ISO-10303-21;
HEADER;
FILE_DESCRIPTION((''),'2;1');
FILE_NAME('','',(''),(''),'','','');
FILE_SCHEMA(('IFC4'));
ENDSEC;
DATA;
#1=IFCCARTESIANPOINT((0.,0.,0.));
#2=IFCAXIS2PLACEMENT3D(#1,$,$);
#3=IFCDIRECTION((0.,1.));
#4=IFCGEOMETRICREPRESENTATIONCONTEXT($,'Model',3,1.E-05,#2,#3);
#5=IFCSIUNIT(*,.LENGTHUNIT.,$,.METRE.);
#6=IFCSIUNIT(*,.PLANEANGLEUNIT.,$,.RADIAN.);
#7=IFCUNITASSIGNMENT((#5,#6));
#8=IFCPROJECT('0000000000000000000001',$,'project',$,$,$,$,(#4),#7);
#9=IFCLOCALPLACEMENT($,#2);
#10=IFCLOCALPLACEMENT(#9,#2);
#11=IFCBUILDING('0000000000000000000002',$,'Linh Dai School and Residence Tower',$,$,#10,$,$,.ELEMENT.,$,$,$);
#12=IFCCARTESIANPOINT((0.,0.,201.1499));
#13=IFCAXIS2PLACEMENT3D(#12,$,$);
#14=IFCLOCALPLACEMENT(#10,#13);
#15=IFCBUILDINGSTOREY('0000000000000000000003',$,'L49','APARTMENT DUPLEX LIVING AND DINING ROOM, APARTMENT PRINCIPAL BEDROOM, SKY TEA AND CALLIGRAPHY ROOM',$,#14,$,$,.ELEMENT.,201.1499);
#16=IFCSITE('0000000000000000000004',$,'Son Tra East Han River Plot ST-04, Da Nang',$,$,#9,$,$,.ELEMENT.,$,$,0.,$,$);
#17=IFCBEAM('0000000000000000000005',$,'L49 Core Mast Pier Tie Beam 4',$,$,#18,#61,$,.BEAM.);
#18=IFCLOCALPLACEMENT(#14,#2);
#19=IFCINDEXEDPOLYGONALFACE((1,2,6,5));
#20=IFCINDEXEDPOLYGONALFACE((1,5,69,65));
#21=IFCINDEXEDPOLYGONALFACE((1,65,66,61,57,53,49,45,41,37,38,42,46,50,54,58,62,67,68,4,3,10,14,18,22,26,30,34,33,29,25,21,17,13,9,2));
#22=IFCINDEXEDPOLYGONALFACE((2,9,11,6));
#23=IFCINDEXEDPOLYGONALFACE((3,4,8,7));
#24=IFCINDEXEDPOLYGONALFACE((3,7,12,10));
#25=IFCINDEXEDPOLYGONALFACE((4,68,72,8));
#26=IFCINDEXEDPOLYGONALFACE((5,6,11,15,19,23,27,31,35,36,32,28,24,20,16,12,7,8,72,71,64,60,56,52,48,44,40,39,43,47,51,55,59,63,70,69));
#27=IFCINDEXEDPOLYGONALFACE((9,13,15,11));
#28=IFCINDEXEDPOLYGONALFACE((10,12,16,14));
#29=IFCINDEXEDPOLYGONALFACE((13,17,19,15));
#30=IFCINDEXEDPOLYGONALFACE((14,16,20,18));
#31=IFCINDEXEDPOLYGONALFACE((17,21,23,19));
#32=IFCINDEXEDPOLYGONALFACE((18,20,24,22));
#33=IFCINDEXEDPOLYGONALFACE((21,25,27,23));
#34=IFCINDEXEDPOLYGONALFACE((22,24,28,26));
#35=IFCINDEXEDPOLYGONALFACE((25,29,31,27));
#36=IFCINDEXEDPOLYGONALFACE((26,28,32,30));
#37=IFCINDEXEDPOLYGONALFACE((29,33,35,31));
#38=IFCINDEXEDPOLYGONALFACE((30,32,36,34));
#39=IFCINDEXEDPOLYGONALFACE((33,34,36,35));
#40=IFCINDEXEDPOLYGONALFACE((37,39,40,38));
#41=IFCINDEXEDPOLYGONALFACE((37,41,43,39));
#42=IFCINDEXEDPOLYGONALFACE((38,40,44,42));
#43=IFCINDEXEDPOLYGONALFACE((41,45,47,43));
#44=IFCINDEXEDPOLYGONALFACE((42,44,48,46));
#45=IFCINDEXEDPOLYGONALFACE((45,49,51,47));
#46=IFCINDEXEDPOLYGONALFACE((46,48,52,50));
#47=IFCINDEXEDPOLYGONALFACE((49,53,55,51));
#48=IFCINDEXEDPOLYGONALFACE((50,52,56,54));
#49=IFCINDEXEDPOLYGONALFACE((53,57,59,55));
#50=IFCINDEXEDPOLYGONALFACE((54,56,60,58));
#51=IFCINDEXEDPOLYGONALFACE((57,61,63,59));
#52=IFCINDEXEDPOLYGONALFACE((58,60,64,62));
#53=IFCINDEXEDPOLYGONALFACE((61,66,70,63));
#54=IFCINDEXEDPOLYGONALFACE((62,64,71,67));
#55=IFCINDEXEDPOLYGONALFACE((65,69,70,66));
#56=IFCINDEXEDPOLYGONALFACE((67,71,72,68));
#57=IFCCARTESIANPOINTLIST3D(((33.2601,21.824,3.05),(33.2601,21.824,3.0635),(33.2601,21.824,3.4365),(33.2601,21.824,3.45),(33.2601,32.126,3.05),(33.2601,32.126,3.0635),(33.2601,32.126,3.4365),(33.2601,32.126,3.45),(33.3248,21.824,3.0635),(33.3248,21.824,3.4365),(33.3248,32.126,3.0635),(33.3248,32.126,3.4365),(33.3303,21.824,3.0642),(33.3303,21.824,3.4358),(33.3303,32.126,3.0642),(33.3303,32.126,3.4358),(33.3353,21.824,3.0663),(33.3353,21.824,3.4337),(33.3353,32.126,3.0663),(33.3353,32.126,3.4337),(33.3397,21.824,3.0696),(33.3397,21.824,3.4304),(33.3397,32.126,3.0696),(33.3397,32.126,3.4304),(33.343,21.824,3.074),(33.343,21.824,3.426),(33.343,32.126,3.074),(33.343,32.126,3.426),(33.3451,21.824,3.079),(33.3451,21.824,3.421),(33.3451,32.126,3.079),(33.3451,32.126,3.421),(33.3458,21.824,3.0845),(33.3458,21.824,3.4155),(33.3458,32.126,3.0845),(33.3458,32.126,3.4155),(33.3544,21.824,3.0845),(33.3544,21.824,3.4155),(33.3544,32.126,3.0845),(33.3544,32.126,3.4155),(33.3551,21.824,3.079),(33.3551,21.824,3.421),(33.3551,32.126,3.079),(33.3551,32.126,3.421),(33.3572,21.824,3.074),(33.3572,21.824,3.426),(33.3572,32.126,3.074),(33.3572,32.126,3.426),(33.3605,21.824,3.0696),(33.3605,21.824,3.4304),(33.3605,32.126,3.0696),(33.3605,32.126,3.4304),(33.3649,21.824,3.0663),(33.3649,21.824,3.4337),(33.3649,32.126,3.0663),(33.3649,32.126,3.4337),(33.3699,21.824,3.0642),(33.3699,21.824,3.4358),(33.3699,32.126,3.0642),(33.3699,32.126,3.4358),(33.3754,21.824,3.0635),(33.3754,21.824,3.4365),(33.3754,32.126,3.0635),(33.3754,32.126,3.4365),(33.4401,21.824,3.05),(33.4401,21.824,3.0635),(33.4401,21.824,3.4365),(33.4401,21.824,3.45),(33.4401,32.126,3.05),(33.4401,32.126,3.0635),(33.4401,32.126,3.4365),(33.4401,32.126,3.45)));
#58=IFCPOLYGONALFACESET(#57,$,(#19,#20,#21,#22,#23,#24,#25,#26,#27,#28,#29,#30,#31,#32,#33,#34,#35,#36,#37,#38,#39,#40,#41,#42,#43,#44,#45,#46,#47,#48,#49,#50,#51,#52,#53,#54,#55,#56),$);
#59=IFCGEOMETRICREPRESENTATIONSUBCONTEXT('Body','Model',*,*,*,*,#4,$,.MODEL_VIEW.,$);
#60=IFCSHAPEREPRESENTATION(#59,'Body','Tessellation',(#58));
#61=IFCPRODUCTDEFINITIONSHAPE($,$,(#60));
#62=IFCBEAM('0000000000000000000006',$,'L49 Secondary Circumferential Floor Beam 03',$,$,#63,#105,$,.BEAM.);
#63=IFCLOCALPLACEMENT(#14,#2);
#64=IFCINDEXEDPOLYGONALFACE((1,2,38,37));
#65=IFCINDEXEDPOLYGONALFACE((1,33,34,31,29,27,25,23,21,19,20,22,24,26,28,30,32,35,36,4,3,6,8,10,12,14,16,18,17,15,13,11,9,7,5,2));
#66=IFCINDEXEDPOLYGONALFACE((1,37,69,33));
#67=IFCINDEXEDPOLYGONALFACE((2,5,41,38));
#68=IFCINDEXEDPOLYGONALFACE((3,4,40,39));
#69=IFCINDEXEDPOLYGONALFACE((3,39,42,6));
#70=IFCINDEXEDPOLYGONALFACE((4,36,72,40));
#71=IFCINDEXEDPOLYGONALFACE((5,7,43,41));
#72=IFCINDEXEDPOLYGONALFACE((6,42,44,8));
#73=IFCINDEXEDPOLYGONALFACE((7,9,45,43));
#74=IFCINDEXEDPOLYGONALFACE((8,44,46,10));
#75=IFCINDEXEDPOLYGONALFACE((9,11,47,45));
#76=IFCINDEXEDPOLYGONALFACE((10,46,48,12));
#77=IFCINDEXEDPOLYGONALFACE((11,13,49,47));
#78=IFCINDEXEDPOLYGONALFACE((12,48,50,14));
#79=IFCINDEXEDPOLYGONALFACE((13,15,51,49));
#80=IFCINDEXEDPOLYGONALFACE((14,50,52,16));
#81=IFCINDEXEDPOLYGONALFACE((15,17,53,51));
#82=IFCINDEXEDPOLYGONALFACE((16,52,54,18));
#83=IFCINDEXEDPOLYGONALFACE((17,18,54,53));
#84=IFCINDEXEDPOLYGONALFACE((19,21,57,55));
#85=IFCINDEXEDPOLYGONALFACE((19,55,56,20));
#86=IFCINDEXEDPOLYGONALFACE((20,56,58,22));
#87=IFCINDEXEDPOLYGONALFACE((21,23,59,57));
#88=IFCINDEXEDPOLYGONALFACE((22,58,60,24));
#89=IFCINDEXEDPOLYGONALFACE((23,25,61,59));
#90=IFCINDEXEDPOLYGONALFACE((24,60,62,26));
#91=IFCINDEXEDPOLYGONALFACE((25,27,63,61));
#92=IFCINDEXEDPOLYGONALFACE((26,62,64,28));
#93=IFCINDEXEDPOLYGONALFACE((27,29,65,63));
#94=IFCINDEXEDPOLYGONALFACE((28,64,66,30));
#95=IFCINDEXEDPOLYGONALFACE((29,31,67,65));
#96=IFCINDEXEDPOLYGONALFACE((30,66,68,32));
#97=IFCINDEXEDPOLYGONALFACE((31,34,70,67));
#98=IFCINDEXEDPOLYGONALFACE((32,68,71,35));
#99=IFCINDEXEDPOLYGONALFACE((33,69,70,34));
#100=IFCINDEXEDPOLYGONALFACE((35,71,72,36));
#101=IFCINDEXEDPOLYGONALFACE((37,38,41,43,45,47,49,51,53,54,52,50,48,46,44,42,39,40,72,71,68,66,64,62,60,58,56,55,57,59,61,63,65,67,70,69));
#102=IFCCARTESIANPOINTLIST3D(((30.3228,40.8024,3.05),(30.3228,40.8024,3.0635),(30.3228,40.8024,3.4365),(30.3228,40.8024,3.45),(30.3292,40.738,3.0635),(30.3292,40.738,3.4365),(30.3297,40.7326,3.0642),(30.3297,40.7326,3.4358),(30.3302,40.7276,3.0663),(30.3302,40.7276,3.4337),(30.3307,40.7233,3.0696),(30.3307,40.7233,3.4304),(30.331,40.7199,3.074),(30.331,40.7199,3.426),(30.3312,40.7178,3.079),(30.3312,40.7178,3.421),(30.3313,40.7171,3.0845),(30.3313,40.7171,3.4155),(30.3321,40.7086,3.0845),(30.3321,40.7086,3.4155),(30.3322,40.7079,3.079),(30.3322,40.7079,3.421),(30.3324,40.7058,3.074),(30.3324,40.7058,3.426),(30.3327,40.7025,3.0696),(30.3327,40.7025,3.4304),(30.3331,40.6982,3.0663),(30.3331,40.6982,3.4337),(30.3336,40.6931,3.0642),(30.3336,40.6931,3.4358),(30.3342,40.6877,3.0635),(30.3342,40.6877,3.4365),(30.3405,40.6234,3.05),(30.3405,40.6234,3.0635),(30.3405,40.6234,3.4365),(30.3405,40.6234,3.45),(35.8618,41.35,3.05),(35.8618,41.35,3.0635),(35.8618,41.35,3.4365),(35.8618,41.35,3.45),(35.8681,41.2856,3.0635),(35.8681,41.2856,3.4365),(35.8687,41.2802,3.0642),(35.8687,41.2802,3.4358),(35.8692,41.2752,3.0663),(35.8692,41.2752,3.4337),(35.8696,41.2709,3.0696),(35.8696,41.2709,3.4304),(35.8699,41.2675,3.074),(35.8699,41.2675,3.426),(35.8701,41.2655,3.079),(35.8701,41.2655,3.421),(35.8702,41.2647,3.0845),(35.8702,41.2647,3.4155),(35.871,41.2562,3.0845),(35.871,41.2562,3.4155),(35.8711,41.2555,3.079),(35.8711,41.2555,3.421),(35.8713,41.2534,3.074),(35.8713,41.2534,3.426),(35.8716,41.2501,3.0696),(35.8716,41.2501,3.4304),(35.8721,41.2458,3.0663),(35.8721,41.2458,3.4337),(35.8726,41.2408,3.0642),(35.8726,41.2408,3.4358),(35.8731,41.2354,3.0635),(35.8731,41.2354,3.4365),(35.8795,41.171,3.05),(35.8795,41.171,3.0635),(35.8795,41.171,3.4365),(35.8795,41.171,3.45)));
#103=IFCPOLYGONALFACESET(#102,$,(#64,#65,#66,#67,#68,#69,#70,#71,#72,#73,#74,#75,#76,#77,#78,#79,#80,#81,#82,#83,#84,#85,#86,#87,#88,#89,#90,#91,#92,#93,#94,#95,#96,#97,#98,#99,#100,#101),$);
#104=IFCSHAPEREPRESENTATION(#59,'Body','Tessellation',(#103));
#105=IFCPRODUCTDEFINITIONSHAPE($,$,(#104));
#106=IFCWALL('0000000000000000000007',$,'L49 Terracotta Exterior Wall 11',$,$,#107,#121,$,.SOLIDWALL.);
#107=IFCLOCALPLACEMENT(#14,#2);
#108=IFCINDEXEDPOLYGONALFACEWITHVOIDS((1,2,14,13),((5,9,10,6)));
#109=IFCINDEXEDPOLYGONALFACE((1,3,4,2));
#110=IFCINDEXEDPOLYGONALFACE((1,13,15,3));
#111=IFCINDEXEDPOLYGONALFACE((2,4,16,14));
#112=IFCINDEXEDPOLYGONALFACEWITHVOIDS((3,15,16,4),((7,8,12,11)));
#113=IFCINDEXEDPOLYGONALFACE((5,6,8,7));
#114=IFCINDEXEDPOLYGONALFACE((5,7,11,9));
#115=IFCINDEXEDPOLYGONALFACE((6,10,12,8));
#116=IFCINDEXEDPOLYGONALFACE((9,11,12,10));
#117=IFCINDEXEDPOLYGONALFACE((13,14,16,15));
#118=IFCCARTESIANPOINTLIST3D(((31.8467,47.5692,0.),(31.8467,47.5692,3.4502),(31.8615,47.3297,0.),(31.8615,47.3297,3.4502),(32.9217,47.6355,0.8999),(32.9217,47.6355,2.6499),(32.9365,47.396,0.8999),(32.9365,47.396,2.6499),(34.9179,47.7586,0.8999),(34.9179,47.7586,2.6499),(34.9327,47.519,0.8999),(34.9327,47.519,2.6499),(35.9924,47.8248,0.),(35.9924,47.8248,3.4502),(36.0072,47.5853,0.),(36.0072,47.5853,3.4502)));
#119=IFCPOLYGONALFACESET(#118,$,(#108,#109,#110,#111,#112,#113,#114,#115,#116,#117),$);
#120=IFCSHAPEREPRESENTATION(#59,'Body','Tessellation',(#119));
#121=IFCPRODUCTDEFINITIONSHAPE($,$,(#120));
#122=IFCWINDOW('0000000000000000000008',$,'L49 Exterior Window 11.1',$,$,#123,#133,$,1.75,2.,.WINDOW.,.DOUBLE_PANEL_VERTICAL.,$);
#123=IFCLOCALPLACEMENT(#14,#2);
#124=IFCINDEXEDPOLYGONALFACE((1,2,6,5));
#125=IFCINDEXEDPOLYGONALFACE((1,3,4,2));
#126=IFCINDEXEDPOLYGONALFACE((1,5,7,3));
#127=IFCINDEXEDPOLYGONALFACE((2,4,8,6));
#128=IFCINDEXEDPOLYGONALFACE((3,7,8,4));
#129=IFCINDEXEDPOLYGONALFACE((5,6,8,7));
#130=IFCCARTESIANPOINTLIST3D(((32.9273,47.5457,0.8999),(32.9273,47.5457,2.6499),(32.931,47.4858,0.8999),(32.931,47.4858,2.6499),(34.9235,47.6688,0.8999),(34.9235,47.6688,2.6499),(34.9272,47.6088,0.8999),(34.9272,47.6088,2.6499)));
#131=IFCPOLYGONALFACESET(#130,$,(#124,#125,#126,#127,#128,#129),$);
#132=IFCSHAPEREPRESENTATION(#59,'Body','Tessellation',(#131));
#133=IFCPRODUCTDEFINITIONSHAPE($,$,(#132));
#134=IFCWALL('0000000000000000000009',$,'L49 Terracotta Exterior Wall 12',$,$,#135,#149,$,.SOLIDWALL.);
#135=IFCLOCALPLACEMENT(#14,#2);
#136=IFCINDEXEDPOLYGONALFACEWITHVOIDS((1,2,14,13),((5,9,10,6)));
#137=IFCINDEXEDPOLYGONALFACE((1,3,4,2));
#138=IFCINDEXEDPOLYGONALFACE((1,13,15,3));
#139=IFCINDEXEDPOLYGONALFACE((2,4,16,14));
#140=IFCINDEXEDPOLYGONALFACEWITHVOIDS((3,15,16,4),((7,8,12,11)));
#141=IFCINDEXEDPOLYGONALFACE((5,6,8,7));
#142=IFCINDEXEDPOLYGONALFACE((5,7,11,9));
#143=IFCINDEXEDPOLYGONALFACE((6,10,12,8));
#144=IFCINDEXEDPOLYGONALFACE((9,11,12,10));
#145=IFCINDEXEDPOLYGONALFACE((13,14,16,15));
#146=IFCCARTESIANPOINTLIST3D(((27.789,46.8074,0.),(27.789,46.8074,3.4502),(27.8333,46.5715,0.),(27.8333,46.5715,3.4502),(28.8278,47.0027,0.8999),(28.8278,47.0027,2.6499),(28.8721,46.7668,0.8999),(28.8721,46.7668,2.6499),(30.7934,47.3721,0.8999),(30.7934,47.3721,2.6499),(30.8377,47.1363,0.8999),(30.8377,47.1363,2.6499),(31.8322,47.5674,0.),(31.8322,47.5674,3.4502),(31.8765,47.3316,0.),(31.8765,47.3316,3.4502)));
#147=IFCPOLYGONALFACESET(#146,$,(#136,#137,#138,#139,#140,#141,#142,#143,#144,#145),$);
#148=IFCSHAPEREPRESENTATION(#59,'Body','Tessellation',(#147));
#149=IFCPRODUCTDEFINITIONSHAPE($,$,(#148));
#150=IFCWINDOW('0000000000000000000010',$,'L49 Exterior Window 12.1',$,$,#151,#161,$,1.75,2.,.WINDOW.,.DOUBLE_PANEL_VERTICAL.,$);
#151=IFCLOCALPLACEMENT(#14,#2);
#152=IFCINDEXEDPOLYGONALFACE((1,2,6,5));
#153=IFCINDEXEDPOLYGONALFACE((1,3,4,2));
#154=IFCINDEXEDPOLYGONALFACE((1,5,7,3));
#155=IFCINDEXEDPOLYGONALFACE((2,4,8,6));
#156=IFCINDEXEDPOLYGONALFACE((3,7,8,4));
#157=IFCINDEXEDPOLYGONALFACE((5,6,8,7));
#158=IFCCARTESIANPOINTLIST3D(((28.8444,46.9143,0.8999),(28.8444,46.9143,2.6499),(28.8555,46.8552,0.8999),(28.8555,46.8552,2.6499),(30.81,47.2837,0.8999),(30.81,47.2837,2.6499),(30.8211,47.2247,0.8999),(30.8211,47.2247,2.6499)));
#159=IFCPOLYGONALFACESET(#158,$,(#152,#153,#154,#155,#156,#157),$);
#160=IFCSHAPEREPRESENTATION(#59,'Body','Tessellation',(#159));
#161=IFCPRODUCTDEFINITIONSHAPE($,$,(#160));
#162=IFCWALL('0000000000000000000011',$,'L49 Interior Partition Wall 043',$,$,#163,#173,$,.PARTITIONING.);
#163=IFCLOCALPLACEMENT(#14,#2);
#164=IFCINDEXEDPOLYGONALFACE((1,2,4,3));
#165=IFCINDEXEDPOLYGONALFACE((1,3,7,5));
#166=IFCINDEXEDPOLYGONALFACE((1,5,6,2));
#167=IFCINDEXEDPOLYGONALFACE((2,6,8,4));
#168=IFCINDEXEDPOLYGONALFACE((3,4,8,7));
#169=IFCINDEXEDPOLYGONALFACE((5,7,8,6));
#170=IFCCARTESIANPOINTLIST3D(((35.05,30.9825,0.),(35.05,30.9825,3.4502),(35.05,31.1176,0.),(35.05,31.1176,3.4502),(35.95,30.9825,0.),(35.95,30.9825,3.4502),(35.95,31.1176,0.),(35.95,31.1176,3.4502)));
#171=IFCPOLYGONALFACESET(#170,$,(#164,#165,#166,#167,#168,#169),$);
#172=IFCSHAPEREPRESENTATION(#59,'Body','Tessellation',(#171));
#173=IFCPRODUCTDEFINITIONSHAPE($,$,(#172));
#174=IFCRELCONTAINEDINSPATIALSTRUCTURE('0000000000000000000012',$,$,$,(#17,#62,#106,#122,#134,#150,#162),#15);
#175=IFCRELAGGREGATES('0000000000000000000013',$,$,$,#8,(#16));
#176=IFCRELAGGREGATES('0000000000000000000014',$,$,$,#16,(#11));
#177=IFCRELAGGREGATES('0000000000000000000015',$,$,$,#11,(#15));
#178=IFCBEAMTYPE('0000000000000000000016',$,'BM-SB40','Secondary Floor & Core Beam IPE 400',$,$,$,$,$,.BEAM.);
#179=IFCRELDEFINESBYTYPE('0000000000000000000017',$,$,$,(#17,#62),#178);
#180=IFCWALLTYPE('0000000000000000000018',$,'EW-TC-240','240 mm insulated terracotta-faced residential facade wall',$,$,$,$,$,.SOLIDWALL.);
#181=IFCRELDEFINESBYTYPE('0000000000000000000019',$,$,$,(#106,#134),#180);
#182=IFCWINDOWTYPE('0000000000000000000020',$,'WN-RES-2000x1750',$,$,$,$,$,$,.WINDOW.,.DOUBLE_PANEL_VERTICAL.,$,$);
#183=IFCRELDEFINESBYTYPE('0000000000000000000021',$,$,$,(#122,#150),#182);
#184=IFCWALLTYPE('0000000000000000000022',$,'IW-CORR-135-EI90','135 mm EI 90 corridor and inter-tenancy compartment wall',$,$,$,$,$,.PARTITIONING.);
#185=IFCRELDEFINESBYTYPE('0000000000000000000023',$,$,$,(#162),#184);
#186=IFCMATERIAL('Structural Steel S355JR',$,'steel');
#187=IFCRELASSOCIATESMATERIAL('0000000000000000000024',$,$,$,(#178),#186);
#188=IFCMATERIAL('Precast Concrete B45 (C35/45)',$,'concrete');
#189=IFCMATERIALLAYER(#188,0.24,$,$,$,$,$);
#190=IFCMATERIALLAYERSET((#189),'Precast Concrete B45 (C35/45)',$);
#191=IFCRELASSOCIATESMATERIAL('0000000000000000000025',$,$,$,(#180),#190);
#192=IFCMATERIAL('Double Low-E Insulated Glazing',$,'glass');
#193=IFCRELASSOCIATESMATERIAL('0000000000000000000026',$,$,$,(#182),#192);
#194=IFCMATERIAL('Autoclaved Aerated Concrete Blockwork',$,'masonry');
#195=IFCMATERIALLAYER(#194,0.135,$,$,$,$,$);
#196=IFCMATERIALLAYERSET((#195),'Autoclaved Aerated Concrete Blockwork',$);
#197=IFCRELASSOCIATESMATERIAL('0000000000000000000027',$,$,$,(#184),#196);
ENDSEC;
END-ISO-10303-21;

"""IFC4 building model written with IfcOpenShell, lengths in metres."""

from ifc_helpers import new_model, si_unit, direction, frame, frame_2d, origin, origin_2d, place, context, subcontext, project, spatial, rectangle, i_section, extrude, source, transform, mapped, material, layer, layer_set, material_profile, profile_set, type_object, element, fill, save


model = new_model("IFC4")

# Units and contexts
model_context = context("Model", 3, precision=1e-05, world=origin(), true_north=direction((0.0, 1.0)))
body_context = subcontext(model_context, "Body", "Model", "MODEL_VIEW")
ifc_project = project(units=[si_unit("LENGTHUNIT", "METRE"), si_unit("PLANEANGLEUNIT", "RADIAN")], contexts=[model_context])

# Site, building, storey
site_placement = place(None, origin())
site = spatial("IfcSite", under=ifc_project, at=site_placement, Name="Son Tra East Han River Plot ST-04, Da Nang", CompositionType="ELEMENT", RefElevation=0.0)
building_placement = place(site_placement, origin())
building = spatial("IfcBuilding", under=site, at=building_placement, Name="Linh Dai School and Residence Tower", CompositionType="ELEMENT")
storey_placement = place(building_placement, frame((0.0, 0.0, 201.1499)))
storey = spatial("IfcBuildingStorey", under=building, at=storey_placement, Name="L49", Description="APARTMENT DUPLEX LIVING AND DINING ROOM, APARTMENT PRINCIPAL BEDROOM, SKY TEA AND CALLIGRAPHY ROOM", CompositionType="ELEMENT", Elevation=201.1499)

# Shared definitions
ifc_material_1 = material(Name="Structural Steel S355JR", Category="steel")

# Beams
ifc_material_profile_1 = material_profile(ifc_material_1, i_section(OverallWidth=0.1799, OverallDepth=0.3999, WebThickness=0.0085, FlangeThickness=0.0134, FilletRadius=0.021, at=origin_2d()), Name="IPE 400")
ifc_profile_set_1 = profile_set([ifc_material_profile_1], Name="Structural Steel S355JR")
beam_type_1 = type_object("IfcBeamType", Name="BM-SB40", Description="Secondary Floor & Core Beam IPE 400", PredefinedType="BEAM", material=ifc_profile_set_1)
beam_1_placement = place(storey_placement, frame((33.3501, 32.126, 3.25), z_axis=(0.0, -1.0, 0.0), x_axis=(1.0, 0.0, 0.0)))
element("IfcBeam", 1, at=beam_1_placement, inside=storey, type_object=beam_type_1, Name="L49 Core Mast Pier Tie Beam 4", PredefinedType="BEAM", context=body_context, shape_type="SweptSolid", body=[
    extrude(i_section(OverallWidth=0.1799, OverallDepth=0.3999, WebThickness=0.0085, FlangeThickness=0.0134, FilletRadius=0.021, at=origin_2d()), origin(), (0.0, 0.0, 1.0), 10.302),
])
beam_2_placement = place(storey_placement, frame((35.8706, 41.2605, 3.25), z_axis=(-0.995148, -0.098388, 0.0), x_axis=(0.098388, -0.995148, 0.0)))
element("IfcBeam", 2, at=beam_2_placement, inside=storey, type_object=beam_type_1, Name="L49 Secondary Circumferential Floor Beam 03", PredefinedType="BEAM", context=body_context, shape_type="SweptSolid", body=[
    extrude(i_section(OverallWidth=0.1799, OverallDepth=0.3999, WebThickness=0.0085, FlangeThickness=0.0134, FilletRadius=0.021, at=origin_2d()), origin(), (0.0, 0.0, 1.0), 5.5659),
])

# Walls, openings, windows
ifc_material_2 = material(Name="Precast Concrete B45 (C35/45)", Category="concrete")
ifc_layer_1 = layer(ifc_material_2, 0.24)
ifc_layer_set_1 = layer_set([ifc_layer_1], Name="Precast Concrete B45 (C35/45)")
wall_type_1 = type_object("IfcWallType", Name="EW-TC-240", Description="240 mm insulated terracotta-faced residential facade wall", PredefinedType="SOLIDWALL", material=ifc_layer_set_1)
wall_1_placement = place(storey_placement, frame((31.8542, 47.4495, 0.0), z_axis=(0.0, 0.0, 1.0), x_axis=(0.998105, 0.06154, 0.0)))
wall_1 = element("IfcWall", 3, at=wall_1_placement, inside=storey, type_object=wall_type_1, Name="L49 Terracotta Exterior Wall 11", PredefinedType="SOLIDWALL", context=body_context, shape_type="SweptSolid", body=[
    extrude(rectangle(XDim=4.1536, YDim=0.24, at=frame_2d((2.0767, 0.0))), origin(), (0.0, 0.0, 1.0), 3.4502),
])
opening_1_placement = place(wall_1_placement, frame((1.0769, 0.0, 0.8999)))
opening_1 = element("IfcOpeningElement", 4, at=opening_1_placement, cuts=wall_1, PredefinedType="OPENING", context=body_context, shape_type="SweptSolid", body=[
    extrude(rectangle(XDim=2.0, YDim=1.75, at=origin_2d()), frame((1.0, 0.1299, 0.875), z_axis=(0.0, -1.0, 0.0), x_axis=(1.0, 0.0, 0.0)), (0.0, 0.0, 1.0), 0.26),
])
ifc_material_3 = material(Name="Double Low-E Insulated Glazing", Category="glass")
window_type = type_object("IfcWindowType", Name="WN-RES-2000x1750", PartitioningType="DOUBLE_PANEL_VERTICAL", PredefinedType="WINDOW", material=ifc_material_3)
shared_shape_1 = source(origin(), body_context, "Body", "SweptSolid", [
    extrude(rectangle(XDim=2.0, YDim=1.75, at=origin_2d()), frame((1.0, 0.03, 0.875), z_axis=(0.0, -1.0, 0.0), x_axis=(1.0, 0.0, 0.0)), (0.0, 0.0, 1.0), 0.0601),
])
window_1_placement = place(opening_1_placement, origin())
window_1 = element("IfcWindow", 5, at=window_1_placement, inside=storey, type_object=window_type, Name="L49 Exterior Window 11.1", OverallHeight=1.75, OverallWidth=2.0, PartitioningType="DOUBLE_PANEL_VERTICAL", PredefinedType="WINDOW", context=body_context, shape_type="MappedRepresentation", body=[
    mapped(shared_shape_1, transform((0.0, 0.0, 0.0), x_axis=(1.0, 0.0, 0.0), y_axis=(0.0, 1.0, 0.0), z_axis=(0.0, 0.0, 1.0), scale=1.0)),
])
fill(opening_1, window_1)
wall_2_placement = place(storey_placement, frame((27.811, 46.6895, 0.0), z_axis=(0.0, 0.0, 1.0), x_axis=(0.982788, 0.184736, 0.0)))
wall_2 = element("IfcWall", 6, at=wall_2_placement, inside=storey, type_object=wall_type_1, Name="L49 Terracotta Exterior Wall 12", PredefinedType="SOLIDWALL", context=body_context, shape_type="SweptSolid", body=[
    extrude(rectangle(XDim=4.114, YDim=0.24, at=frame_2d((2.0571, 0.0))), origin(), (0.0, 0.0, 1.0), 3.4502),
])
opening_2_placement = place(wall_2_placement, frame((1.0571, 0.0, 0.8999)))
opening_2 = element("IfcOpeningElement", 7, at=opening_2_placement, cuts=wall_2, PredefinedType="OPENING", context=body_context, shape_type="SweptSolid", body=[
    extrude(rectangle(XDim=2.0, YDim=1.75, at=origin_2d()), frame((1.0, 0.1299, 0.875), z_axis=(0.0, -1.0, 0.0), x_axis=(1.0, 0.0, 0.0)), (0.0, 0.0, 1.0), 0.26),
])
window_2_placement = place(opening_2_placement, origin())
window_2 = element("IfcWindow", 8, at=window_2_placement, inside=storey, type_object=window_type, Name="L49 Exterior Window 12.1", OverallHeight=1.75, OverallWidth=2.0, PartitioningType="DOUBLE_PANEL_VERTICAL", PredefinedType="WINDOW", context=body_context, shape_type="MappedRepresentation", body=[
    mapped(shared_shape_1, transform((0.0, 0.0, 0.0), x_axis=(1.0, 0.0, 0.0), y_axis=(0.0, 1.0, 0.0), z_axis=(0.0, 0.0, 1.0), scale=1.0)),
])
fill(opening_2, window_2)

# Shared definitions
ifc_material_4 = material(Name="Autoclaved Aerated Concrete Blockwork", Category="masonry")
ifc_layer_2 = layer(ifc_material_4, 0.135)
ifc_layer_set_2 = layer_set([ifc_layer_2], Name="Autoclaved Aerated Concrete Blockwork")
wall_type_2 = type_object("IfcWallType", Name="IW-CORR-135-EI90", Description="135 mm EI 90 corridor and inter-tenancy compartment wall", PredefinedType="PARTITIONING", material=ifc_layer_set_2)

# Wall
wall_3_placement = place(storey_placement, frame((35.05, 31.05, 0.0), z_axis=(0.0, 0.0, 1.0), x_axis=(1.0, 0.0, 0.0)))
element("IfcWall", 9, at=wall_3_placement, inside=storey, type_object=wall_type_2, Name="L49 Interior Partition Wall 043", PredefinedType="PARTITIONING", context=body_context, shape_type="SweptSolid", body=[
    extrude(rectangle(XDim=0.8999, YDim=0.135, at=frame_2d((0.45, 0.0))), origin(), (0.0, 0.0, 1.0), 3.4502),
])

save(model, "model.ifc")
